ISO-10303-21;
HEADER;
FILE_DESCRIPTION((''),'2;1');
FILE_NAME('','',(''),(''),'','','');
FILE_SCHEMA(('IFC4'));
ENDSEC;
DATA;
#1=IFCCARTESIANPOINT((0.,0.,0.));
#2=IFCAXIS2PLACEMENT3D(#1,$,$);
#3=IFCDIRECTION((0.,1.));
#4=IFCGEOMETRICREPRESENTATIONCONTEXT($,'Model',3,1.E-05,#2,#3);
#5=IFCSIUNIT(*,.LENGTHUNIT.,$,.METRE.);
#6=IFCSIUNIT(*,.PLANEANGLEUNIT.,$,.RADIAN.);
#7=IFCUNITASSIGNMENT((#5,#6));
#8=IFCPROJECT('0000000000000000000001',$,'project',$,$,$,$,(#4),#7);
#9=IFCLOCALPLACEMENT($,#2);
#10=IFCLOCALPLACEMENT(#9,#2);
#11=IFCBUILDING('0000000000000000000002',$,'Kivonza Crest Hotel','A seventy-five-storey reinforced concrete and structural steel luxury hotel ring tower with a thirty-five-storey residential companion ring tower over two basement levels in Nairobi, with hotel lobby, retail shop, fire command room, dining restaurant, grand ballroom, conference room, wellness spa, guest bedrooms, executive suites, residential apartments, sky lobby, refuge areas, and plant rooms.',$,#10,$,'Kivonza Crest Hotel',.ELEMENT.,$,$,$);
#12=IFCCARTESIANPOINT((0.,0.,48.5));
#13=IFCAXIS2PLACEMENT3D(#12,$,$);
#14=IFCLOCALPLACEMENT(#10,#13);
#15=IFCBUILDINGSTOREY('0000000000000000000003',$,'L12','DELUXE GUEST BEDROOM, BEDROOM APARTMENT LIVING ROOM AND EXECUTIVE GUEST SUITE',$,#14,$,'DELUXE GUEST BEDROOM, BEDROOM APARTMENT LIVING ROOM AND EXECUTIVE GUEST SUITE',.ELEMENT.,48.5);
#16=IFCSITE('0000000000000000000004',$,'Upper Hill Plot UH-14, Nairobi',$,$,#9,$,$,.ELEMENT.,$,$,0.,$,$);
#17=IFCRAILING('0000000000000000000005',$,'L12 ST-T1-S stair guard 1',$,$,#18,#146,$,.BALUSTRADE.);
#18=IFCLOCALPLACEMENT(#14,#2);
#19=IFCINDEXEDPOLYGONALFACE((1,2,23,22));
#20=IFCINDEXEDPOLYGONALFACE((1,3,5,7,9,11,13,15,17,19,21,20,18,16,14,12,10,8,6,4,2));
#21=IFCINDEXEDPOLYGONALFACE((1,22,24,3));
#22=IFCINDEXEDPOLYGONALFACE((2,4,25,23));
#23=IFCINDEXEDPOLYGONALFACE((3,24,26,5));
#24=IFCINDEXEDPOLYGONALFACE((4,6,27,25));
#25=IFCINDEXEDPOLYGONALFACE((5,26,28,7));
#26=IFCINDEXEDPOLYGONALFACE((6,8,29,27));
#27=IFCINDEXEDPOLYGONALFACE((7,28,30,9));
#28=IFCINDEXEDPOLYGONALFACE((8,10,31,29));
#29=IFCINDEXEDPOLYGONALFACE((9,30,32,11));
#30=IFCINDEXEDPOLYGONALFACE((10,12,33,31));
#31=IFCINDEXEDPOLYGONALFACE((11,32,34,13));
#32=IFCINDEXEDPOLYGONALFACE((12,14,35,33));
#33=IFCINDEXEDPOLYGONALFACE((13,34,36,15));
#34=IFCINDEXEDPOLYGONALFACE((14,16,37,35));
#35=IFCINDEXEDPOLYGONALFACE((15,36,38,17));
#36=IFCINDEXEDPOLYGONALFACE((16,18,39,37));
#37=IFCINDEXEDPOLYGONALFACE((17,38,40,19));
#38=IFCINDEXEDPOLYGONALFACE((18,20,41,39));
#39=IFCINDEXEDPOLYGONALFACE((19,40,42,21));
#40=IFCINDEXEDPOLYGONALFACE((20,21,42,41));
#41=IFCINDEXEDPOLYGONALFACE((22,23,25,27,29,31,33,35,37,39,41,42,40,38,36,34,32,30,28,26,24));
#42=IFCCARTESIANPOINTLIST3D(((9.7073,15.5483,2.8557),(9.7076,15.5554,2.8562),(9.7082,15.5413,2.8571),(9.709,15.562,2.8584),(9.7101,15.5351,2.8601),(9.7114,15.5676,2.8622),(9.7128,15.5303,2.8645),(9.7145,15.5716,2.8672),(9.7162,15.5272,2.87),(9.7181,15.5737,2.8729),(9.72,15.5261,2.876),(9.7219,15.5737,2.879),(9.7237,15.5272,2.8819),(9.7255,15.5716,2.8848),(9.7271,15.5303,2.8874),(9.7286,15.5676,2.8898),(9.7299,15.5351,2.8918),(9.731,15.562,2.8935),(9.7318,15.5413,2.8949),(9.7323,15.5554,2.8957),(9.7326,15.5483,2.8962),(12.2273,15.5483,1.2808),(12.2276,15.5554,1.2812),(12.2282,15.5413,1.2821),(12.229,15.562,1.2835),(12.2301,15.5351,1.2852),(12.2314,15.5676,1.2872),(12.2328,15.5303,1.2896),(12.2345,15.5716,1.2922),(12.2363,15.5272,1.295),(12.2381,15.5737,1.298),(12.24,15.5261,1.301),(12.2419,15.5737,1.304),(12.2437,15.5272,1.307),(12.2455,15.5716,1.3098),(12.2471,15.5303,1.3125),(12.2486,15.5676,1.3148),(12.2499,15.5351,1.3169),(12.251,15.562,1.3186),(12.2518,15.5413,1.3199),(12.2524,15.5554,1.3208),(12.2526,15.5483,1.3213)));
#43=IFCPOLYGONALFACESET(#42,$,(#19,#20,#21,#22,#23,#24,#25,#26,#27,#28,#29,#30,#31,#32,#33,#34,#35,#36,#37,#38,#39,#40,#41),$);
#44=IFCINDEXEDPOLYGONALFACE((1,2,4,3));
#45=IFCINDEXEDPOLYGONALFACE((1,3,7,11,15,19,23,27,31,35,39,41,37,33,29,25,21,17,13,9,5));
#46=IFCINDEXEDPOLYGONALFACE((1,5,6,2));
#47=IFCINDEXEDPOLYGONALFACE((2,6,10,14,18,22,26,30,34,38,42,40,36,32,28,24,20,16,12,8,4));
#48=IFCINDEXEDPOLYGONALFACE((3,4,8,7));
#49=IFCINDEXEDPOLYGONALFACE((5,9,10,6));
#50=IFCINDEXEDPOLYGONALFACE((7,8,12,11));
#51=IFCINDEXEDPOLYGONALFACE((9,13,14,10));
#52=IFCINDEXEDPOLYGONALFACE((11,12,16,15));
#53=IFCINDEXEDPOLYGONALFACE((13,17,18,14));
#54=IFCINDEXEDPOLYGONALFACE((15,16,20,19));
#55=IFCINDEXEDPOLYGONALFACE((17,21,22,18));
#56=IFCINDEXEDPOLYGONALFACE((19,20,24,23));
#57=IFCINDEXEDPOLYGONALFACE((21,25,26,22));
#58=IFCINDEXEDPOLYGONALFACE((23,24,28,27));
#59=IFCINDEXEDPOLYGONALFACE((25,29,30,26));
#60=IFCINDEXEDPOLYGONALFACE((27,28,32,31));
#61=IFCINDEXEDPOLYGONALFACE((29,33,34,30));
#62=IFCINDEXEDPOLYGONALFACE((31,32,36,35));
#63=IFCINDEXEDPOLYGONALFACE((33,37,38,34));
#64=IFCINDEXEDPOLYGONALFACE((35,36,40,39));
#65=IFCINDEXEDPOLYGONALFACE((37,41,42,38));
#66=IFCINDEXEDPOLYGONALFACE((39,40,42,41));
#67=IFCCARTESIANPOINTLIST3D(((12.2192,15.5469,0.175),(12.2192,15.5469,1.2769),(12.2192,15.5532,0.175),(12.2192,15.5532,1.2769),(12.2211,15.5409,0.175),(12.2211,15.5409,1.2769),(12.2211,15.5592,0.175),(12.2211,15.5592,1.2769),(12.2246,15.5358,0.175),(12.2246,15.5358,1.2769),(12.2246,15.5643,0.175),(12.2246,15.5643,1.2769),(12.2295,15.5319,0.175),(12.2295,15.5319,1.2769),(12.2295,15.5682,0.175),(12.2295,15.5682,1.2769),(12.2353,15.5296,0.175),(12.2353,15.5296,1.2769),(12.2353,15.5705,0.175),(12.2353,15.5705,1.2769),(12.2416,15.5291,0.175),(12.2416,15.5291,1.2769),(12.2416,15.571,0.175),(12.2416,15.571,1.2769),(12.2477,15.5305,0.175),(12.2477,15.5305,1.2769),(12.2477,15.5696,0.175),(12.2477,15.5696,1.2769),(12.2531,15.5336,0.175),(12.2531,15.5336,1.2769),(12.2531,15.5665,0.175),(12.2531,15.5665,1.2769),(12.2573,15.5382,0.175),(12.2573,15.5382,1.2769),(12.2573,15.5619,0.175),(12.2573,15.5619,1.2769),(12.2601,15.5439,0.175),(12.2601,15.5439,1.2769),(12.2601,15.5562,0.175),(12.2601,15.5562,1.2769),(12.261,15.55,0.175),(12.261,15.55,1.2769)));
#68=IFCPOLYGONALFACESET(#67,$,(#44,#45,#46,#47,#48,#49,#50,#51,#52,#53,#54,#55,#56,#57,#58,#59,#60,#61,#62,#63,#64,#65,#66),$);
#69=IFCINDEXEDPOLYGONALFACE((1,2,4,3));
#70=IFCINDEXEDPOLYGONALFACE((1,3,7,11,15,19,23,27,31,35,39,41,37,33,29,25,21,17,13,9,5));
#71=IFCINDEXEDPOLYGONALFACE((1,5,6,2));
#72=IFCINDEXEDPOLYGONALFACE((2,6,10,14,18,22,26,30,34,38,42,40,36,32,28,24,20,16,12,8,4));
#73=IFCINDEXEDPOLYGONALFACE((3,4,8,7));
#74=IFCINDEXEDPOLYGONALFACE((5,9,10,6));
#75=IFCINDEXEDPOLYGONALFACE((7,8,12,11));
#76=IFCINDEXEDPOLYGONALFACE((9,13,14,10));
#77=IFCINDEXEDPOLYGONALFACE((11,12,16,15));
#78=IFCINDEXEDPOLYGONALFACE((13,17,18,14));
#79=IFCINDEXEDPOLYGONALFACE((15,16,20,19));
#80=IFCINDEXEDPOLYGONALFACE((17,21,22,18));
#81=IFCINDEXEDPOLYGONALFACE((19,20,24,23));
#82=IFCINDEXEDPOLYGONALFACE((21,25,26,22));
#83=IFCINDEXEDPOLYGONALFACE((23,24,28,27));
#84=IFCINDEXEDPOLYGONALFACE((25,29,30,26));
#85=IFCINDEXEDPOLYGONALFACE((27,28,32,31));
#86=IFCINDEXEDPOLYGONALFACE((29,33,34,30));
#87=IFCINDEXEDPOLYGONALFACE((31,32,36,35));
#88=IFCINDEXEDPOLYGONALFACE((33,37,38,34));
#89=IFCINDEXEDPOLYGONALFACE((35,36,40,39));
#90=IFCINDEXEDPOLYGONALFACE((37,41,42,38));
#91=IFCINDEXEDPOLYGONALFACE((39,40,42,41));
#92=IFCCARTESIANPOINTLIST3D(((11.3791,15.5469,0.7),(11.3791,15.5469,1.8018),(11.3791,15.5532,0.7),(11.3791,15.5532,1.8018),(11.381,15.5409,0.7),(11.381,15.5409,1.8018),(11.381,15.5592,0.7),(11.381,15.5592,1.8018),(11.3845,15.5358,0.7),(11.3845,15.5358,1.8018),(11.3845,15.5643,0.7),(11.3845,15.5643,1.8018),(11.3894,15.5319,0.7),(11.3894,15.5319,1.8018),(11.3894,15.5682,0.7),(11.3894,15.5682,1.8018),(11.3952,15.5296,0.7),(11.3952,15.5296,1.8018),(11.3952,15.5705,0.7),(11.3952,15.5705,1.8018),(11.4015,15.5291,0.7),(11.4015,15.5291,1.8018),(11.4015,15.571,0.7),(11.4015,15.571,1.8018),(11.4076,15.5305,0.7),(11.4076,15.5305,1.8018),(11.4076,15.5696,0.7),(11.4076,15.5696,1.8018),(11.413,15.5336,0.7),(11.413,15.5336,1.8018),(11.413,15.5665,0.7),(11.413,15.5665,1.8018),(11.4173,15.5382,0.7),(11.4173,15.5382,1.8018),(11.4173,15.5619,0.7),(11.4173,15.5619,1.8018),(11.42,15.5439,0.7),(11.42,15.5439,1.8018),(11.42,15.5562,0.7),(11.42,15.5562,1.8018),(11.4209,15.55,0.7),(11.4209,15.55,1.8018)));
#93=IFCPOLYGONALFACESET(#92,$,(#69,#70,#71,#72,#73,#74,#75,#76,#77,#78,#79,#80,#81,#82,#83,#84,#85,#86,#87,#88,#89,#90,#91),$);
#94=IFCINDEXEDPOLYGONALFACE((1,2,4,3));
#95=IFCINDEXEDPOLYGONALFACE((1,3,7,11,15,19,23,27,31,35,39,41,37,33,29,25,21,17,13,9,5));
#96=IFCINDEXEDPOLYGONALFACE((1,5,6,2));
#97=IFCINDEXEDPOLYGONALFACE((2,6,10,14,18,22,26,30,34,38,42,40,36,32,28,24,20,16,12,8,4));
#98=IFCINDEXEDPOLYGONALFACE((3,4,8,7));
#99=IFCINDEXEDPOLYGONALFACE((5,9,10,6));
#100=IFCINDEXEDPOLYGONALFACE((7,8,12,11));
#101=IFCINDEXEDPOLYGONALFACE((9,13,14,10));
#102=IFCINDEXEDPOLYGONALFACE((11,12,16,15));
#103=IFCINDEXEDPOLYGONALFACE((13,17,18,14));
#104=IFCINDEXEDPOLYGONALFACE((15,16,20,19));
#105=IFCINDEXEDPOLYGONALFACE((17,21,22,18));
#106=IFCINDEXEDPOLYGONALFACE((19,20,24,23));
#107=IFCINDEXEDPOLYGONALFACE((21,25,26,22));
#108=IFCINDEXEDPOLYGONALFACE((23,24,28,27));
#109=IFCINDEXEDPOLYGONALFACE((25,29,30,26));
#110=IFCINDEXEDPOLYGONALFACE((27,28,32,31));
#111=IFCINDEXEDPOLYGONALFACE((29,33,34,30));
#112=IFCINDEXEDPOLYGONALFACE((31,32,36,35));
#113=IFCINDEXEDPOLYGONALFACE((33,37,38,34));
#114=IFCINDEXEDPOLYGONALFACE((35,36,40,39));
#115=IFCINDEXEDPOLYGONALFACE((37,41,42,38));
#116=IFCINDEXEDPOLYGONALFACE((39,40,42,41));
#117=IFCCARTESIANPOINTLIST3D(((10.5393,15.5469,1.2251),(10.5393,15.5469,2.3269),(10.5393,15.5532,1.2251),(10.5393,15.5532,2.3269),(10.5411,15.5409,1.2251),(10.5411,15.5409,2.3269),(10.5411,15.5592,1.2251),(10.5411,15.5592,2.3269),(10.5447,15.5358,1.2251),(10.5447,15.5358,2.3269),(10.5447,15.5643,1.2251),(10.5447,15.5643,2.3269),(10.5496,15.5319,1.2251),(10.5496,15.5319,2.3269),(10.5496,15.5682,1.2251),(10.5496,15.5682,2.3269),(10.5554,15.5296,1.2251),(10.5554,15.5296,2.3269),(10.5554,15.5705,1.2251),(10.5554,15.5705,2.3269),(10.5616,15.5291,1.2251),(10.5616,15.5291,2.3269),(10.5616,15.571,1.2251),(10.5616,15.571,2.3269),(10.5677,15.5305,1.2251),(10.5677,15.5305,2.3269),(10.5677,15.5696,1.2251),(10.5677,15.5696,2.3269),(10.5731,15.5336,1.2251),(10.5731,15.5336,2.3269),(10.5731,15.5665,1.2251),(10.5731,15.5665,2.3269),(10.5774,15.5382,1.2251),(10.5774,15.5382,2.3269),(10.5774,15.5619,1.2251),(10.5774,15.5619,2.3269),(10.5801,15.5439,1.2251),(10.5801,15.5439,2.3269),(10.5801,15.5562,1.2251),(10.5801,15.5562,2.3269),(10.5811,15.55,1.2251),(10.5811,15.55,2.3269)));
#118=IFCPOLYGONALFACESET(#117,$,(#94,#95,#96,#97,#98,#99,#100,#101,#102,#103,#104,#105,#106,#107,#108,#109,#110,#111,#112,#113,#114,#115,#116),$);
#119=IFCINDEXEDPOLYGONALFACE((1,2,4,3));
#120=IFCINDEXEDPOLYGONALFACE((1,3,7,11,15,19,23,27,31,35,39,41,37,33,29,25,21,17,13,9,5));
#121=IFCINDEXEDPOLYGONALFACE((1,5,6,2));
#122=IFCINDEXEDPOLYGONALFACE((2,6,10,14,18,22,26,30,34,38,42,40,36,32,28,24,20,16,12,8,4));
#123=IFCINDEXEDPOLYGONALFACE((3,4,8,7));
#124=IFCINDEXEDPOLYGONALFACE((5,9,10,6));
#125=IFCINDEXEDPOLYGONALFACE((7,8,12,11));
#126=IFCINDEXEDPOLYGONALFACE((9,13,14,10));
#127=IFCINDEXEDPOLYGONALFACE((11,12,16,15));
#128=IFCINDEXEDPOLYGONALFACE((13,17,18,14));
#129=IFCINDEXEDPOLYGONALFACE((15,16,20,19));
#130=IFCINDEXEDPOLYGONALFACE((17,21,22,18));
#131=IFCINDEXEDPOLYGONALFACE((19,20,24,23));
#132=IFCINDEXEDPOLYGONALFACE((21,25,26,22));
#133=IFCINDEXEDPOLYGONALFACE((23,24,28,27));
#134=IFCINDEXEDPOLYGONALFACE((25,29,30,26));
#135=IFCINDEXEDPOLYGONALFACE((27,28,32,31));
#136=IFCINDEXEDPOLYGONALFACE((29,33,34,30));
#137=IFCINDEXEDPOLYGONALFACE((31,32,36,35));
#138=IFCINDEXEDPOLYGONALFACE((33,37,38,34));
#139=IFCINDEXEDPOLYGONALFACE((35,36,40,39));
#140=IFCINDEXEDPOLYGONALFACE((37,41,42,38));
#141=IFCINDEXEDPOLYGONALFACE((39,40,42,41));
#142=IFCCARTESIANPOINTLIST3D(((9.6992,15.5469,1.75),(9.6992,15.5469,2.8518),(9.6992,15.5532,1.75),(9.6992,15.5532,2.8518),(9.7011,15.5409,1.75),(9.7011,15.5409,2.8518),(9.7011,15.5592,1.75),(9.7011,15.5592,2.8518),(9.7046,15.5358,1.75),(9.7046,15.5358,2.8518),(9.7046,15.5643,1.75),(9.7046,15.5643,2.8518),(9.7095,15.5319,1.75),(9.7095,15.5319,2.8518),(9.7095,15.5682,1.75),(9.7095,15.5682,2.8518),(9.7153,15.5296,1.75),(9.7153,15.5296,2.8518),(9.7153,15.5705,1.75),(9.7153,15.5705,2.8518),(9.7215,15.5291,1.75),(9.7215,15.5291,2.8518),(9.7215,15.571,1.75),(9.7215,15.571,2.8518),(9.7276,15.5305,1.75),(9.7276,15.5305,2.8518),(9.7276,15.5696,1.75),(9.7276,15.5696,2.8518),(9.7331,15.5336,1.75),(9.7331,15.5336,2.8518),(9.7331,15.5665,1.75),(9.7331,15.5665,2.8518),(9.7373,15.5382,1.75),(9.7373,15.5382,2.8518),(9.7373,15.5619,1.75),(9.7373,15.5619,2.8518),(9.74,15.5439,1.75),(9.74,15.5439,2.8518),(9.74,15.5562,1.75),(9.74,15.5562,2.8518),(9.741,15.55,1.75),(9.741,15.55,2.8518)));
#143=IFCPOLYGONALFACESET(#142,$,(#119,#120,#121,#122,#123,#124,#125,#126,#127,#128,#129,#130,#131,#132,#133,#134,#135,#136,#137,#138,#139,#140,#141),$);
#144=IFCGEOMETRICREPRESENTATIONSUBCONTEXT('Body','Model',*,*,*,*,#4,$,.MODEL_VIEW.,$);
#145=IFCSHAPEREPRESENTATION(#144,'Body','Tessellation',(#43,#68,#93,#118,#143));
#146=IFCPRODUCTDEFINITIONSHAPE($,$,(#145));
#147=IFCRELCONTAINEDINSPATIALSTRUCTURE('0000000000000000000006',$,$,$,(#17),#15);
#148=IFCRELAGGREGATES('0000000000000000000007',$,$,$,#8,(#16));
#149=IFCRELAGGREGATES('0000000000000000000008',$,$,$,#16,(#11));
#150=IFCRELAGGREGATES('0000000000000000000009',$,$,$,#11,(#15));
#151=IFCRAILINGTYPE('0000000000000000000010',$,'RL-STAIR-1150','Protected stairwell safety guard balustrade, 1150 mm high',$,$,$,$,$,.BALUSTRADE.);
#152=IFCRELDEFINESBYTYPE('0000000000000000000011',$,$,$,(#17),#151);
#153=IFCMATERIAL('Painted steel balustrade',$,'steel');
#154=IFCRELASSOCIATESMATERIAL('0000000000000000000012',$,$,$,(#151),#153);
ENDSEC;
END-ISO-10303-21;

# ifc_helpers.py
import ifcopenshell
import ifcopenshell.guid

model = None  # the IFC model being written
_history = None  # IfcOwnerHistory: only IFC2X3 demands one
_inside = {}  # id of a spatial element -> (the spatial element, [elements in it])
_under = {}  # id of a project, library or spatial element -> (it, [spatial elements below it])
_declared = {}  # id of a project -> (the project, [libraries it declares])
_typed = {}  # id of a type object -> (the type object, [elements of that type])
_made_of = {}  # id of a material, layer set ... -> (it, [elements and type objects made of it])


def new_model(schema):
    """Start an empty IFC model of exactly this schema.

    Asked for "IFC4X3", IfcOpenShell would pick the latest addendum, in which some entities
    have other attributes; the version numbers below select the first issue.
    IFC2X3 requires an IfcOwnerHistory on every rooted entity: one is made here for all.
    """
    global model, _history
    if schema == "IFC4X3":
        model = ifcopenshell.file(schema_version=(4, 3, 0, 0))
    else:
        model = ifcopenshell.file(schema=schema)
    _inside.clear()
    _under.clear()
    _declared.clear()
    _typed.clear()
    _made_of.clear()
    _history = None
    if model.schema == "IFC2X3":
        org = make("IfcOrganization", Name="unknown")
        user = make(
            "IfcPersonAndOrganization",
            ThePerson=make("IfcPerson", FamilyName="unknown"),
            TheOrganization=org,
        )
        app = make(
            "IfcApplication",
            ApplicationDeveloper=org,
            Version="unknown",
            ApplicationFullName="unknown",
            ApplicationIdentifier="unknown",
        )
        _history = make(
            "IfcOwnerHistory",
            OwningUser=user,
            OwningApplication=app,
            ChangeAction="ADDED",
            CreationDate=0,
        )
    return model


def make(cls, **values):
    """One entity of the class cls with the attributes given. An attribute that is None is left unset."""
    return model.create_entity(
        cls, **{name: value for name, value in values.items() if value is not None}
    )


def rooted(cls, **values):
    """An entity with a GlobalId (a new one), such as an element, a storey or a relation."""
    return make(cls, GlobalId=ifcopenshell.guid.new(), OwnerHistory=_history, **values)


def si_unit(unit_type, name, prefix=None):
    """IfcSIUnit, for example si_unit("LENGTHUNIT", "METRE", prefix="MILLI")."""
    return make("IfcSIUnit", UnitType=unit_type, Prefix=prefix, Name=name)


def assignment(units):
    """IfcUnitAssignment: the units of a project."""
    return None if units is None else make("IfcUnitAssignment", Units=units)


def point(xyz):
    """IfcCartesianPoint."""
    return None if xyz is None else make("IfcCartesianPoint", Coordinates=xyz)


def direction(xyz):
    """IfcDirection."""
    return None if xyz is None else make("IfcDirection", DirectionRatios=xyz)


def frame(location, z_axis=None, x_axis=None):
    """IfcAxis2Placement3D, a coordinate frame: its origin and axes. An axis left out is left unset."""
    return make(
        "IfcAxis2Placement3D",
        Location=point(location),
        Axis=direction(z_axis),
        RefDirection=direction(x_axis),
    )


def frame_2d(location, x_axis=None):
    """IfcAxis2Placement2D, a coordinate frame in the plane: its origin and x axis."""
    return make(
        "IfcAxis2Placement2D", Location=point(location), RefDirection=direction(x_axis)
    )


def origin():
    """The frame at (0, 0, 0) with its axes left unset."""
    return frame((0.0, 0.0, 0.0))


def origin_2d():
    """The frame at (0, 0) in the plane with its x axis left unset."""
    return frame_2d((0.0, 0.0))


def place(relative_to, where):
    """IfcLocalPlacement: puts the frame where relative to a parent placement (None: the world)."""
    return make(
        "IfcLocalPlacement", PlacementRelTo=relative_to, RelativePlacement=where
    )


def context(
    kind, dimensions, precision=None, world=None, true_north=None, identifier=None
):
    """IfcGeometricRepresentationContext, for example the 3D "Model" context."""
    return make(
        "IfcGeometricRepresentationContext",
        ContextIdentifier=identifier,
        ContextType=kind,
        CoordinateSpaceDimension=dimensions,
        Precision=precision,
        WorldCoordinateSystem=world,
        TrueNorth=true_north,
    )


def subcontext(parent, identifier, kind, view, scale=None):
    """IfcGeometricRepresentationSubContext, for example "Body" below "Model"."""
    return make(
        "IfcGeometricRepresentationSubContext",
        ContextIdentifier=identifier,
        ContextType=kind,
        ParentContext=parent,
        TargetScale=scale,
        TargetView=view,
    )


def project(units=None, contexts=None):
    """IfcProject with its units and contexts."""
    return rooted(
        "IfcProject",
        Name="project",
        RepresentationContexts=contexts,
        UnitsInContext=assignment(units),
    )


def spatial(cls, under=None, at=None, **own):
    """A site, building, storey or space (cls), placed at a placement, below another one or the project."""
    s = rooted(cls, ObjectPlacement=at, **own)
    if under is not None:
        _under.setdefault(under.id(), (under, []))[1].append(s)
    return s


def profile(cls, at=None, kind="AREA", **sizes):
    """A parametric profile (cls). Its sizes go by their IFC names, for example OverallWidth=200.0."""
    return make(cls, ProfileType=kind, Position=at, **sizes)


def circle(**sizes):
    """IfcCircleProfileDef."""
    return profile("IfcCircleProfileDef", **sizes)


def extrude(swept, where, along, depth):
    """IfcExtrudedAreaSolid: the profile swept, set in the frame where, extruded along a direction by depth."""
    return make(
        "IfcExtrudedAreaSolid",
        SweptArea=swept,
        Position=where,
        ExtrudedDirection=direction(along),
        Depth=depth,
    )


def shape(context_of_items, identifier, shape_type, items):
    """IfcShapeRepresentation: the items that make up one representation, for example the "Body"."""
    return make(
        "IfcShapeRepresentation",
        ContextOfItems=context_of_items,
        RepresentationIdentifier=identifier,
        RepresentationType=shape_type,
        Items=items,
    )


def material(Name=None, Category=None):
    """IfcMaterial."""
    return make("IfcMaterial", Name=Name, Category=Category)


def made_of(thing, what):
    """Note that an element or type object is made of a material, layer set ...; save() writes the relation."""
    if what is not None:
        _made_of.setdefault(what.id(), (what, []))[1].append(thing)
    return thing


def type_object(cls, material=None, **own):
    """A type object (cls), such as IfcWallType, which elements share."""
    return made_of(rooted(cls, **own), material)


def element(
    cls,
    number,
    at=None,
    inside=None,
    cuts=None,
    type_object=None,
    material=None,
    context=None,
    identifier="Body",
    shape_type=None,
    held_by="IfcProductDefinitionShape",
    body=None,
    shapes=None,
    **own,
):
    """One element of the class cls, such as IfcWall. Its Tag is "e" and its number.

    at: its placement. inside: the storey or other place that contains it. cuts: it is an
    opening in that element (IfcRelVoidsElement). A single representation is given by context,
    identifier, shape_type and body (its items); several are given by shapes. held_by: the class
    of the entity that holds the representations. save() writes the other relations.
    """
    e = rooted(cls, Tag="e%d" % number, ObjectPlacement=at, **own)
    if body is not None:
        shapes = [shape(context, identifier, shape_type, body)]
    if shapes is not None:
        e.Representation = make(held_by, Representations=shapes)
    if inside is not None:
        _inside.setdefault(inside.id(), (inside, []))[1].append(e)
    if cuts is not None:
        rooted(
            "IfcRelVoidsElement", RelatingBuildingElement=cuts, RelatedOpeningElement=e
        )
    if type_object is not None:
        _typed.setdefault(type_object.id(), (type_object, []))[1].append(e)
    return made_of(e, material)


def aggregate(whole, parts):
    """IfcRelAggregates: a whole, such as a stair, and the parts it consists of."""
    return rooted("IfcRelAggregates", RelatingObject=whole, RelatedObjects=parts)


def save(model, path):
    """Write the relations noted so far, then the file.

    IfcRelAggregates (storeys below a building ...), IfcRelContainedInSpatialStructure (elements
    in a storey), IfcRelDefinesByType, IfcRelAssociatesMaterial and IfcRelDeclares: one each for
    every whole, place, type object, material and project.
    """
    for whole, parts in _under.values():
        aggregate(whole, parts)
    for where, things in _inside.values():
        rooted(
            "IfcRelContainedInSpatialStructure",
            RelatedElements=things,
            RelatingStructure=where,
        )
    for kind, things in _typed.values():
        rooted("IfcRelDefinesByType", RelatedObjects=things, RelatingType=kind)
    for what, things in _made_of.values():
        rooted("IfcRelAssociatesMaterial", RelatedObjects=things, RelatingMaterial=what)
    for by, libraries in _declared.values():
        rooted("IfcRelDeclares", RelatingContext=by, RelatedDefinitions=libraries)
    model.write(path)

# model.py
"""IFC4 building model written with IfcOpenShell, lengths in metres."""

from ifc_helpers import new_model, si_unit, direction, frame, origin, origin_2d, place, context, subcontext, project, spatial, circle, extrude, material, type_object, element, save


model = new_model("IFC4")

# Units and contexts
model_context = context("Model", 3, precision=1e-05, world=origin(), true_north=direction((0.0, 1.0)))
body_context = subcontext(model_context, "Body", "Model", "MODEL_VIEW")
ifc_project = project(units=[si_unit("LENGTHUNIT", "METRE"), si_unit("PLANEANGLEUNIT", "RADIAN")], contexts=[model_context])

# Site, building, storey
site_placement = place(None, origin())
site = spatial("IfcSite", under=ifc_project, at=site_placement, Name="Upper Hill Plot UH-14, Nairobi", CompositionType="ELEMENT", RefElevation=0.0)
building_placement = place(site_placement, origin())
building = spatial("IfcBuilding", under=site, at=building_placement, Name="Kivonza Crest Hotel", Description="A seventy-five-storey reinforced concrete and structural steel luxury hotel ring tower with a thirty-five-storey residential companion ring tower over two basement levels in Nairobi, with hotel lobby, retail shop, fire command room, dining restaurant, grand ballroom, conference room, wellness spa, guest bedrooms, executive suites, residential apartments, sky lobby, refuge areas, and plant rooms.", LongName="Kivonza Crest Hotel", CompositionType="ELEMENT")
storey_placement = place(building_placement, frame((0.0, 0.0, 48.5)))
storey = spatial("IfcBuildingStorey", under=building, at=storey_placement, Name="L12", Description="DELUXE GUEST BEDROOM, BEDROOM APARTMENT LIVING ROOM AND EXECUTIVE GUEST SUITE", LongName="DELUXE GUEST BEDROOM, BEDROOM APARTMENT LIVING ROOM AND EXECUTIVE GUEST SUITE", CompositionType="ELEMENT", Elevation=48.5)

# Railing
ifc_material_1 = material(Name="Painted steel balustrade", Category="steel")
railing_type_1 = type_object("IfcRailingType", Name="RL-STAIR-1150", Description="Protected stairwell safety guard balustrade, 1150 mm high", PredefinedType="BALUSTRADE", material=ifc_material_1)
railing_1_placement = place(storey_placement, frame((12.24, 15.55, 0.175)))
element("IfcRailing", 1, at=railing_1_placement, inside=storey, type_object=railing_type_1, Name="L12 ST-T1-S stair guard 1", PredefinedType="BALUSTRADE", context=body_context, shape_type="SweptSolid", body=[
    extrude(circle(Radius=0.0239, at=origin_2d()), frame((0.0, 0.0, 1.126), z_axis=(-0.848008, 0.0, 0.529984), x_axis=(0.0, -1.0, 0.0)), (0.0, 0.0, 1.0), 2.9717),
    extrude(circle(Radius=0.021, at=origin_2d()), origin(), (0.0, 0.0, 1.0), 1.1018),
    extrude(circle(Radius=0.021, at=origin_2d()), frame((-0.8401, 0.0, 0.5249)), (0.0, 0.0, 1.0), 1.1018),
    extrude(circle(Radius=0.021, at=origin_2d()), frame((-1.6799, 0.0, 1.05)), (0.0, 0.0, 1.0), 1.1018),
    extrude(circle(Radius=0.021, at=origin_2d()), frame((-2.52, 0.0, 1.575)), (0.0, 0.0, 1.0), 1.1018),
])

save(model, "model.ifc")
